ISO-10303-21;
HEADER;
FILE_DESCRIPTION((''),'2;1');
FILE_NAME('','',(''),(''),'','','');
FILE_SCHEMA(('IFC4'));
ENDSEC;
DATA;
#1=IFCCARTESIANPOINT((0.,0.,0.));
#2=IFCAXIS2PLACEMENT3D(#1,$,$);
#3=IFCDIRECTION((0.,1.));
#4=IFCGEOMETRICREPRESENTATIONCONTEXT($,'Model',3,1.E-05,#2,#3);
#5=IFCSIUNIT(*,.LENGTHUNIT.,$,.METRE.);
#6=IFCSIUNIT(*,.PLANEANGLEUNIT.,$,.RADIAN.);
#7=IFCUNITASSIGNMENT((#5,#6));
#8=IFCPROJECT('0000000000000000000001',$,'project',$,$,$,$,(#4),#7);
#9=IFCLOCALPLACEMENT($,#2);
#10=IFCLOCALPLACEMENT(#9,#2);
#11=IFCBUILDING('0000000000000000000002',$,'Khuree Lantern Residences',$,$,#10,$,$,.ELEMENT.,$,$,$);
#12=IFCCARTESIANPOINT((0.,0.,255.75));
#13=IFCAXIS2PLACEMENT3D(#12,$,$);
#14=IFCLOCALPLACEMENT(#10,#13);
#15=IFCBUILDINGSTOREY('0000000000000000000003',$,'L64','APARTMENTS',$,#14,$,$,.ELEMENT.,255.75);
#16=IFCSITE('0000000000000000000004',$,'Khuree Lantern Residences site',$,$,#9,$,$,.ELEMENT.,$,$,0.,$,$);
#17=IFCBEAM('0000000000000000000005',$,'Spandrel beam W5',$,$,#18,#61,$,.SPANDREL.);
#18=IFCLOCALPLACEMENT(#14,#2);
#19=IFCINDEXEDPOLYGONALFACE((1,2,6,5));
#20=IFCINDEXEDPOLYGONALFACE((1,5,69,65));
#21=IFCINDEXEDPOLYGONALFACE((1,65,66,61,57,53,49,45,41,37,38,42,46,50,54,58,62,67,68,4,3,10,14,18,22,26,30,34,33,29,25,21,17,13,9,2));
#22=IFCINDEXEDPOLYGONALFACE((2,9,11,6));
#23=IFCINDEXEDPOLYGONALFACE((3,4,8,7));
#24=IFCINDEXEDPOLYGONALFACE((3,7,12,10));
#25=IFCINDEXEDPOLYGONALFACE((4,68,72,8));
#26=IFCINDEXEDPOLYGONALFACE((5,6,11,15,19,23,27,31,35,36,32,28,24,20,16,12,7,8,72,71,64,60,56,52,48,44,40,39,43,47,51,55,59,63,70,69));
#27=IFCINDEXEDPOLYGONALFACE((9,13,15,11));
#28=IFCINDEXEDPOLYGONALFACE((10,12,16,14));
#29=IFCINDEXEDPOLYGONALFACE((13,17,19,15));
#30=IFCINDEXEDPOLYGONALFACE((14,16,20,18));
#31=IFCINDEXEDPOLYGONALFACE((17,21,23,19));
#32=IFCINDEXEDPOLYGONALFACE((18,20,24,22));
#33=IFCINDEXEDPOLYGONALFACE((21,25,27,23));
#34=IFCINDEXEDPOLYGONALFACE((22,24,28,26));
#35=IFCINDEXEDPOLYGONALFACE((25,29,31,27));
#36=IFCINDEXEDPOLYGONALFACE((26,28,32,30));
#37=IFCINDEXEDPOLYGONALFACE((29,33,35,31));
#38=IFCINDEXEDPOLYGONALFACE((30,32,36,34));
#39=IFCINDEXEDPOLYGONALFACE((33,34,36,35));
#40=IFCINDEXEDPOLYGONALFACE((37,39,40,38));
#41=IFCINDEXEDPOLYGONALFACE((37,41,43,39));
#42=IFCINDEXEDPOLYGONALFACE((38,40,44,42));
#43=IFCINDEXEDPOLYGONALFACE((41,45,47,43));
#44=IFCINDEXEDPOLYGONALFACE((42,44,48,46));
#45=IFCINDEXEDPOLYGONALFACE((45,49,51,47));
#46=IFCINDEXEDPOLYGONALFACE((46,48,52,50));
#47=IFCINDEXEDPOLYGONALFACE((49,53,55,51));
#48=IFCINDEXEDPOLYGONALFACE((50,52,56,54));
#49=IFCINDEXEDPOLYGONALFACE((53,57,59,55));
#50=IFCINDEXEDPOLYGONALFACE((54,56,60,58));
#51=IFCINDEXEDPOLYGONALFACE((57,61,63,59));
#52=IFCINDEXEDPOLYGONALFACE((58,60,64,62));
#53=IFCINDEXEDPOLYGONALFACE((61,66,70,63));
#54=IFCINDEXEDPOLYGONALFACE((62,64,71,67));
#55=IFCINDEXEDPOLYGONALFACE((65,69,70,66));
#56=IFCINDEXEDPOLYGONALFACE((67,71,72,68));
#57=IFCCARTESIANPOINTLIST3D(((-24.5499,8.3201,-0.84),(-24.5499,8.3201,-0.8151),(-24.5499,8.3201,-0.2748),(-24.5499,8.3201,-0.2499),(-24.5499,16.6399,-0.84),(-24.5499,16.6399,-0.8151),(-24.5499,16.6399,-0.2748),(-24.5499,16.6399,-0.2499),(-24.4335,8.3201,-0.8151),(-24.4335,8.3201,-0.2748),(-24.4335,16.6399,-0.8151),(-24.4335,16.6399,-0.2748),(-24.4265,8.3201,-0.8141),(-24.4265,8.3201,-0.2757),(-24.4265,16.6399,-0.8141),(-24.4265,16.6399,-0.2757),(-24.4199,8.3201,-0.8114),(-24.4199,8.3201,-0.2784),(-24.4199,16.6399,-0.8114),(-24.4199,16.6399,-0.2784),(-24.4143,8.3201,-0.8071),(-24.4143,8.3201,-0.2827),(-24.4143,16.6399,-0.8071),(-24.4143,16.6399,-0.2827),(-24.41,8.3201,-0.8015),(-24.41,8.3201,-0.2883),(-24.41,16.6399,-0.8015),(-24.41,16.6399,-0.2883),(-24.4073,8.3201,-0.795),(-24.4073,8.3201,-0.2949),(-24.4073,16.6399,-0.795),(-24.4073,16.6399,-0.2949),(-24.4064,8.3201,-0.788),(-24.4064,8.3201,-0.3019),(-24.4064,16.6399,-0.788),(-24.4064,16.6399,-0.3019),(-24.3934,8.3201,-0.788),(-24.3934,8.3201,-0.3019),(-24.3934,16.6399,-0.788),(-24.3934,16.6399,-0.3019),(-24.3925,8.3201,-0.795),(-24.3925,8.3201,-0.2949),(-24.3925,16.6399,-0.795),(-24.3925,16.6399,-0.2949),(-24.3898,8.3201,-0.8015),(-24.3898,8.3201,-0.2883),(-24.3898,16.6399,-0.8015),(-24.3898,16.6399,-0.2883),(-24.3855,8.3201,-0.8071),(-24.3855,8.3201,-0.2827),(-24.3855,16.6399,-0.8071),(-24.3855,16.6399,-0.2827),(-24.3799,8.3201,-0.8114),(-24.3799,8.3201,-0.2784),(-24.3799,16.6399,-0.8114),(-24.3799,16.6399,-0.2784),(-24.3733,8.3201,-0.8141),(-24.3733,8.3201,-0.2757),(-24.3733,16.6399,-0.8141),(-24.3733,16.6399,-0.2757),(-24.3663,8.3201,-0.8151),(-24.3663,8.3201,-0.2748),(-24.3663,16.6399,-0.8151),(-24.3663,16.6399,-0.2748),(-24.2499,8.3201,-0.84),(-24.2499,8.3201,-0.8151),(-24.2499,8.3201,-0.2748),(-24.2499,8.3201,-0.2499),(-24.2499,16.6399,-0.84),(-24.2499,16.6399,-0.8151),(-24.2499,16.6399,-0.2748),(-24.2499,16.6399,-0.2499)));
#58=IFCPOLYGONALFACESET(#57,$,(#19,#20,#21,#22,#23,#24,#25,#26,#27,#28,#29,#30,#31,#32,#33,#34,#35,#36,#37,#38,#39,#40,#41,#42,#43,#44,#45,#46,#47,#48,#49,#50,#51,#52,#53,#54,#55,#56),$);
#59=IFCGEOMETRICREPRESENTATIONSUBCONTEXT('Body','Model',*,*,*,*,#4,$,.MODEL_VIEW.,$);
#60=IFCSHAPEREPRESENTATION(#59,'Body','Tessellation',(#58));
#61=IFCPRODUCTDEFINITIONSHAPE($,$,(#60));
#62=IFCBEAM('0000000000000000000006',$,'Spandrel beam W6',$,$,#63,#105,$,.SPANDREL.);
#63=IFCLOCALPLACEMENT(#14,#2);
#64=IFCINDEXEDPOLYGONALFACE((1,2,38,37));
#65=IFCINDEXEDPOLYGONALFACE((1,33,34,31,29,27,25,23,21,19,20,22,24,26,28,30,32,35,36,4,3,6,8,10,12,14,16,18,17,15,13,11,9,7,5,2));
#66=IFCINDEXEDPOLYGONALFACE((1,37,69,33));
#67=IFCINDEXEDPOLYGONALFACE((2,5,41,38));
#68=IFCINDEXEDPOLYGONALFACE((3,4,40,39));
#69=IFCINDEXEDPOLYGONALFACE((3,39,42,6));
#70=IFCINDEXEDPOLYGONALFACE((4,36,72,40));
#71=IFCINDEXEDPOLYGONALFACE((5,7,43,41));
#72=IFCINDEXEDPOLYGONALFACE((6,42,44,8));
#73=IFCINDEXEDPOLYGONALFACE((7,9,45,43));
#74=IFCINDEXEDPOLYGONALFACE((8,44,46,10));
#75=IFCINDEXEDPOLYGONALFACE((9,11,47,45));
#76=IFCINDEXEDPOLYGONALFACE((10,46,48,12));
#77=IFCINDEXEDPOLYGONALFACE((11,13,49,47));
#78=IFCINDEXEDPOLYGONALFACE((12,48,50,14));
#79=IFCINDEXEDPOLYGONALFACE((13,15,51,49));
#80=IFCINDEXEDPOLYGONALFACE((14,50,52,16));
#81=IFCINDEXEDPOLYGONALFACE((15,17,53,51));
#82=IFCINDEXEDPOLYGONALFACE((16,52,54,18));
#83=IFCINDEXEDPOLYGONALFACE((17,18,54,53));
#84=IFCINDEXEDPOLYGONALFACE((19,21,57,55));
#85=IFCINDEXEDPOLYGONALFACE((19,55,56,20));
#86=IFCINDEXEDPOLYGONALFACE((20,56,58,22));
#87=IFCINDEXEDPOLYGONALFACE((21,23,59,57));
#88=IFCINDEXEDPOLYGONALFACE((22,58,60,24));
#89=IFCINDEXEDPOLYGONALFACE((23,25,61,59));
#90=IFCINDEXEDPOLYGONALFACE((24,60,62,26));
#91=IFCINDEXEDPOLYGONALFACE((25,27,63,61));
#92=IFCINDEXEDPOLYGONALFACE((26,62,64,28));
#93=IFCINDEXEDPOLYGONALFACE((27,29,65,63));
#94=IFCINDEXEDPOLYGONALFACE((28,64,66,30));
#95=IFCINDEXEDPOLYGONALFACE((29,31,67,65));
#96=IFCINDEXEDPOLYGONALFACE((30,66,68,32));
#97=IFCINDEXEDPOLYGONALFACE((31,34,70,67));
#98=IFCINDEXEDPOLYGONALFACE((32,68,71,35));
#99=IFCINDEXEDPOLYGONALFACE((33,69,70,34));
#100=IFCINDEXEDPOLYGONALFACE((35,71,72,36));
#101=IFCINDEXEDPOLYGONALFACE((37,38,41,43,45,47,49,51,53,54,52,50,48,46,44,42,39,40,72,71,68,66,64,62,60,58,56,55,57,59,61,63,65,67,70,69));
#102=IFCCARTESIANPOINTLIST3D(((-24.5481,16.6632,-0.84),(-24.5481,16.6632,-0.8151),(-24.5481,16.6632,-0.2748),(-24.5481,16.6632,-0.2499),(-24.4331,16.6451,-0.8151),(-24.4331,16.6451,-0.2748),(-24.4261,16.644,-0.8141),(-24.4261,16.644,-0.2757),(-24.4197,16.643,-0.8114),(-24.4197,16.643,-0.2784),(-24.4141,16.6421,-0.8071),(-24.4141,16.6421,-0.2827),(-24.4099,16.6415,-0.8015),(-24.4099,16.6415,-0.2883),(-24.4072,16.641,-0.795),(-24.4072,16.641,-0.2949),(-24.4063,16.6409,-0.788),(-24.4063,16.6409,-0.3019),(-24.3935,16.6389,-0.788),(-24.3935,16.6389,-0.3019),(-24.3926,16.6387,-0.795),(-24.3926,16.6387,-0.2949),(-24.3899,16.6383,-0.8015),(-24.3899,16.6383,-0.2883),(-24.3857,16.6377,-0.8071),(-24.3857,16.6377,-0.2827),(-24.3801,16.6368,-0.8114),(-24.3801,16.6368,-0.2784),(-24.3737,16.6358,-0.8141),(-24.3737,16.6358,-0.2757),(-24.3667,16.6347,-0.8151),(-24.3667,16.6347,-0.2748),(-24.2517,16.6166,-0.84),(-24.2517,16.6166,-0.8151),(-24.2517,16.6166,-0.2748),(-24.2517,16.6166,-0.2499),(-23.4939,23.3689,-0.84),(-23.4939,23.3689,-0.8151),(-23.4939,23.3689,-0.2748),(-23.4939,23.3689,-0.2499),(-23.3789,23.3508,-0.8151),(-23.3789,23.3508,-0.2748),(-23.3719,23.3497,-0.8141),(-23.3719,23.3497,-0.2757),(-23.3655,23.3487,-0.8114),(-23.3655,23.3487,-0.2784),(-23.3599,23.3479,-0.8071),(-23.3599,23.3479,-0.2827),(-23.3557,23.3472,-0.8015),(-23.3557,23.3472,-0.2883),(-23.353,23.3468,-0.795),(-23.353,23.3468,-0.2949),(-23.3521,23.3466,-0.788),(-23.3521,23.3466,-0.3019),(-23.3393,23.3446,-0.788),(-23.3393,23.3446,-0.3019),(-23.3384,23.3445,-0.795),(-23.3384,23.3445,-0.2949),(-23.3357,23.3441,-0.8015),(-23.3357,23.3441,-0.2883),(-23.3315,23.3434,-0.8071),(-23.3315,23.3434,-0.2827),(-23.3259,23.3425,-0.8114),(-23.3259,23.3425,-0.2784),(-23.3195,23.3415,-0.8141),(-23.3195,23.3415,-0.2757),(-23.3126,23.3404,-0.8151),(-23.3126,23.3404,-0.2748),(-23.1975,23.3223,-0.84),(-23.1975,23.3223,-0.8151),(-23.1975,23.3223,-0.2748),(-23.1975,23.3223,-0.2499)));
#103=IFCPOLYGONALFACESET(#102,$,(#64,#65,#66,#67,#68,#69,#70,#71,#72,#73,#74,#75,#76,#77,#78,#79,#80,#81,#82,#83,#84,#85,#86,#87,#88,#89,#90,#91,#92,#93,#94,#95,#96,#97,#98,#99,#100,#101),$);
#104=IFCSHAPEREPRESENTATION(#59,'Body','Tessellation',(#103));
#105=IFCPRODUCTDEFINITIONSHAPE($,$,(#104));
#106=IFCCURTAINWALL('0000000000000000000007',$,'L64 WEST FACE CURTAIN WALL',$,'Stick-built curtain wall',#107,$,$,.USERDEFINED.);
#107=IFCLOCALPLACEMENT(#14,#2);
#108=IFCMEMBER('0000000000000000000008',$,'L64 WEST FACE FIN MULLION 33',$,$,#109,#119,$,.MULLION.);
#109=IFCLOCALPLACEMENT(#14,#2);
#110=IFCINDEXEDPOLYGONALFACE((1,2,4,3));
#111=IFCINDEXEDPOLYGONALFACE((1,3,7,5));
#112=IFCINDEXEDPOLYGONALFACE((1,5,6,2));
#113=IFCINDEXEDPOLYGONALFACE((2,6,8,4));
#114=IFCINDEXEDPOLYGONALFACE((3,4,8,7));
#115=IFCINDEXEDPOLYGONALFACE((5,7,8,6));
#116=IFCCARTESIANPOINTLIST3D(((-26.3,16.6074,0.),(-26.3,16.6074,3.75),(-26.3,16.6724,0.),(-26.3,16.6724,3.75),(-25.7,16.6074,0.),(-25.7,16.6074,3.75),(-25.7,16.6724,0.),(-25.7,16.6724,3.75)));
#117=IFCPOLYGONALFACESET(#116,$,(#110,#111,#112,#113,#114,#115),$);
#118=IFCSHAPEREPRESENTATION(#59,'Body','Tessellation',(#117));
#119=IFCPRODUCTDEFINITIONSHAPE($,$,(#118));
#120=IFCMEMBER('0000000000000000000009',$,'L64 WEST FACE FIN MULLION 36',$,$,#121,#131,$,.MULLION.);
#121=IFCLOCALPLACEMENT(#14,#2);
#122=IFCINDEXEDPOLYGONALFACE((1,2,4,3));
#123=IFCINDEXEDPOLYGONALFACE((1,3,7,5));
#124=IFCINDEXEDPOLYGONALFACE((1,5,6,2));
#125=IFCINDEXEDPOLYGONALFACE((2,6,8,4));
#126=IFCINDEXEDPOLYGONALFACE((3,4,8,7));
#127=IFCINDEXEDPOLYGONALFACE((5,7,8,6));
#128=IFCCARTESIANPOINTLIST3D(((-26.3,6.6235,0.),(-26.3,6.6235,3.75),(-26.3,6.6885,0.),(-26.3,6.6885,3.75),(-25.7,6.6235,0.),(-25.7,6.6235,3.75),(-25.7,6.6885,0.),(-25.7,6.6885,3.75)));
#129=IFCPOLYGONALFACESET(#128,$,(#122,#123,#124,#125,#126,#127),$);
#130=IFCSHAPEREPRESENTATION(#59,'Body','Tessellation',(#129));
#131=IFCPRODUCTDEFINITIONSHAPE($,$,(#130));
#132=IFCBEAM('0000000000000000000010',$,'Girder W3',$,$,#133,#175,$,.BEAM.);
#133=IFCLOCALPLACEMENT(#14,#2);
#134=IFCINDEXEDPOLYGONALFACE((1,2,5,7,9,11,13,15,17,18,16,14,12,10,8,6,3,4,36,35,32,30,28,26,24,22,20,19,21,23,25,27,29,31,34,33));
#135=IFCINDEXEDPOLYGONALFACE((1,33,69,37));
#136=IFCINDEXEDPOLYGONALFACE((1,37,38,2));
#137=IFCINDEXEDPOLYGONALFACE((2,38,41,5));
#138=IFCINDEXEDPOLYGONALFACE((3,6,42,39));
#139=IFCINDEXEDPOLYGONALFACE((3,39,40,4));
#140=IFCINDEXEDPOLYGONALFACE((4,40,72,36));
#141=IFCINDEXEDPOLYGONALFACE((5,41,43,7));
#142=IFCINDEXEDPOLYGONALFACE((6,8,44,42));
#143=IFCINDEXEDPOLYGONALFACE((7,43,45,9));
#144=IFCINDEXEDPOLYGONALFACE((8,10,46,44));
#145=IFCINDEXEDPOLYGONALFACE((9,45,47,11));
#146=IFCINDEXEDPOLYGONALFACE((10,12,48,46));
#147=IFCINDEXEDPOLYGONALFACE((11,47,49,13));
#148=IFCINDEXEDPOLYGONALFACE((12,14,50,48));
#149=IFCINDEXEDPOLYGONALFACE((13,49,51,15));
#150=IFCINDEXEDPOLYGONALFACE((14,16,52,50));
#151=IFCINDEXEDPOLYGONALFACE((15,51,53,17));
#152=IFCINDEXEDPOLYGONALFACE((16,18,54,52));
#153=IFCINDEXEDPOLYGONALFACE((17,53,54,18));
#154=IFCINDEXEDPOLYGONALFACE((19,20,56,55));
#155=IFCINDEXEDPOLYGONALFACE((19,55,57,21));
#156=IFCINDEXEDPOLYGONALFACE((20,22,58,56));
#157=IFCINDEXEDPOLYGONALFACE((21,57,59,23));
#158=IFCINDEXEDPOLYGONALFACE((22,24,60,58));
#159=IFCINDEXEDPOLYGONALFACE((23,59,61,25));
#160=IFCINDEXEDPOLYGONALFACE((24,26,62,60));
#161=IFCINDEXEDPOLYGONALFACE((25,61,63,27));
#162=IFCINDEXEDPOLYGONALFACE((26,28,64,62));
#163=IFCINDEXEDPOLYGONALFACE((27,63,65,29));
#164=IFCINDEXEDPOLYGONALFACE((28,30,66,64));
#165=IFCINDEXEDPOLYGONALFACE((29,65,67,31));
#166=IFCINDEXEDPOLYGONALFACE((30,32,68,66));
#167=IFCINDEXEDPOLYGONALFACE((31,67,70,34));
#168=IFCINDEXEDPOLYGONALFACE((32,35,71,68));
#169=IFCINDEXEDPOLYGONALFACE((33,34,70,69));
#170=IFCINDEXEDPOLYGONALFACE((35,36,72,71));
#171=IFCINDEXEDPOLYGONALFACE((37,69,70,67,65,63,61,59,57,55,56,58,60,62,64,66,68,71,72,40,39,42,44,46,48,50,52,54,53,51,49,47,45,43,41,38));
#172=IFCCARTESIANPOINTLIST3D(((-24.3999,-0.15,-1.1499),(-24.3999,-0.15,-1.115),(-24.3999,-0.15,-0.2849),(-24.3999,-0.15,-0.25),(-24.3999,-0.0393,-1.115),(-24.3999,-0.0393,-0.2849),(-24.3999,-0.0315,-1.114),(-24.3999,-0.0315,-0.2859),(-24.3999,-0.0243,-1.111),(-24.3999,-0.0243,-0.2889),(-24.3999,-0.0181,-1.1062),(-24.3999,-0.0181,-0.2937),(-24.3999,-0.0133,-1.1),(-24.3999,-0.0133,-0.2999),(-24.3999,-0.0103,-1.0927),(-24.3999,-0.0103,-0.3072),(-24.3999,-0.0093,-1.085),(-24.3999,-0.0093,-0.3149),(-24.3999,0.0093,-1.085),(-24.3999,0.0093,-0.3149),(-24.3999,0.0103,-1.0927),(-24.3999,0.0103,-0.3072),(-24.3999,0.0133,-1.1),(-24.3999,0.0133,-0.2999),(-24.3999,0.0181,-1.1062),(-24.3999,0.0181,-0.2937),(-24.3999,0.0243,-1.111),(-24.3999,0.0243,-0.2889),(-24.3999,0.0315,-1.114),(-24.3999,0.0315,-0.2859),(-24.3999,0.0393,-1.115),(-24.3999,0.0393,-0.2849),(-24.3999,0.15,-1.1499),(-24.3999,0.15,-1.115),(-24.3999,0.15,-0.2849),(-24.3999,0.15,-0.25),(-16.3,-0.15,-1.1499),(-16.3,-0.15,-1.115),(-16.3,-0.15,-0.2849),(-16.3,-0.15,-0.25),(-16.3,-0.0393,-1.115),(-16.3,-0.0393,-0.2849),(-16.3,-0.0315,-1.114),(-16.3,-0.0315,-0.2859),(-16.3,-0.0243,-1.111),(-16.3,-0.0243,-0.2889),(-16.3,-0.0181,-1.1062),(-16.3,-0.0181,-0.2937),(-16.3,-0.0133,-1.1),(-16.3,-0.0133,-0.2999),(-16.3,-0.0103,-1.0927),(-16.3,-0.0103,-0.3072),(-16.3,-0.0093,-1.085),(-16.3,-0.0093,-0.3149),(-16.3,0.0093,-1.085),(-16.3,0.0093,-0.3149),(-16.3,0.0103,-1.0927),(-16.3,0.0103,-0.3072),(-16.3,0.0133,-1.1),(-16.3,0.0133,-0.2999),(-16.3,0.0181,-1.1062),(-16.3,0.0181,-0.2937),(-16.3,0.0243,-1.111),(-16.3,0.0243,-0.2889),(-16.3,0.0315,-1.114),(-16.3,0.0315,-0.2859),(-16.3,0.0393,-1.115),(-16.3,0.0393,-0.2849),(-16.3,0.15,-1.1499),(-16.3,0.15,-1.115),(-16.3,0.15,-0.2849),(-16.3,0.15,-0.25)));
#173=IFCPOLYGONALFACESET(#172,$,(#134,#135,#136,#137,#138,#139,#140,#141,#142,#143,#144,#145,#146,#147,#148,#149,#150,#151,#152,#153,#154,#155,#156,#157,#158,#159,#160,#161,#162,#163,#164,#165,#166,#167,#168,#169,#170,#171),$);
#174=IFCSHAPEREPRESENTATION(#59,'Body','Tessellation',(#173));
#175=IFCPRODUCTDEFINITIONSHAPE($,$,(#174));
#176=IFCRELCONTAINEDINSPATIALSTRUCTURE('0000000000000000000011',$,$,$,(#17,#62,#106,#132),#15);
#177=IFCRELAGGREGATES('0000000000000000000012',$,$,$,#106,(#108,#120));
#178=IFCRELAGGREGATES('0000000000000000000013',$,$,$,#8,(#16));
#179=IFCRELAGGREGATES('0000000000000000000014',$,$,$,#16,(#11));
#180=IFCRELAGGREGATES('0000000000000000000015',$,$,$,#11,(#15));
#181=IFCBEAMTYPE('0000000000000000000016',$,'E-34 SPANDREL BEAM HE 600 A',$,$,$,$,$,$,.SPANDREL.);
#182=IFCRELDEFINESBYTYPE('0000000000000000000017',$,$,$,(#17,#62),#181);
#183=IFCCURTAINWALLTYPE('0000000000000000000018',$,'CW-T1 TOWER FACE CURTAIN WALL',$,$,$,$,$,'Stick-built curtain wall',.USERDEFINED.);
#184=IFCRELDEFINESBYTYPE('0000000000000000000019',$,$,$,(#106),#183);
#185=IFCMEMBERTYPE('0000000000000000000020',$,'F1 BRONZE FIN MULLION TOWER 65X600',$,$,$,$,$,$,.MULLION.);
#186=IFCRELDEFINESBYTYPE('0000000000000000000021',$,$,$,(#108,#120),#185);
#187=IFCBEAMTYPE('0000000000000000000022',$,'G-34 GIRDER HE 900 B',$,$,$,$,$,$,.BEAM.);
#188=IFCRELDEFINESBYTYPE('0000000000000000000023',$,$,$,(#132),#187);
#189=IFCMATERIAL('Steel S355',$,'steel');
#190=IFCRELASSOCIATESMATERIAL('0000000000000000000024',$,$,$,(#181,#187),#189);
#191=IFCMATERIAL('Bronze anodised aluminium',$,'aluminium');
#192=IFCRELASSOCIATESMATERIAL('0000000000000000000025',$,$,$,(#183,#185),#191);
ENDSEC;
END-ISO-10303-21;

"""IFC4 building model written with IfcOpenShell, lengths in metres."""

from ifc_helpers import new_model, si_unit, direction, frame, origin, origin_2d, place, context, subcontext, project, spatial, rectangle, i_section, extrude, material, material_profile, profile_set, type_object, element, aggregate, save


model = new_model("IFC4")

# Units and contexts
model_context = context("Model", 3, precision=1e-05, world=origin(), true_north=direction((0.0, 1.0)))
body_context = subcontext(model_context, "Body", "Model", "MODEL_VIEW")
ifc_project = project(units=[si_unit("LENGTHUNIT", "METRE"), si_unit("PLANEANGLEUNIT", "RADIAN")], contexts=[model_context])

# Site, building, storey
site_placement = place(None, origin())
site = spatial("IfcSite", under=ifc_project, at=site_placement, Name="Khuree Lantern Residences site", CompositionType="ELEMENT", RefElevation=0.0)
building_placement = place(site_placement, origin())
building = spatial("IfcBuilding", under=site, at=building_placement, Name="Khuree Lantern Residences", CompositionType="ELEMENT")
storey_placement = place(building_placement, frame((0.0, 0.0, 255.75)))
storey = spatial("IfcBuildingStorey", under=building, at=storey_placement, Name="L64", Description="APARTMENTS", CompositionType="ELEMENT", Elevation=255.75)

# Beams
ifc_material_1 = material(Name="Steel S355", Category="steel")
ifc_material_profile_1 = material_profile(ifc_material_1, i_section(OverallWidth=0.3, OverallDepth=0.5901, WebThickness=0.0129, FlangeThickness=0.0249, FilletRadius=0.0271, at=origin_2d()), Name="HE 600 A")
ifc_profile_set_1 = profile_set([ifc_material_profile_1], Name="Steel S355")
beam_type_1 = type_object("IfcBeamType", Name="E-34 SPANDREL BEAM HE 600 A", PredefinedType="SPANDREL", material=ifc_profile_set_1)
beam_1_placement = place(storey_placement, frame((-24.3999, 8.3201, -0.5449), z_axis=(0.0, 1.0, 0.0), x_axis=(-1.0, 0.0, 0.0)))
element("IfcBeam", 1, at=beam_1_placement, inside=storey, type_object=beam_type_1, Name="Spandrel beam W5", PredefinedType="SPANDREL", context=body_context, shape_type="SweptSolid", body=[
    extrude(i_section(OverallWidth=0.3, OverallDepth=0.5901, WebThickness=0.0129, FlangeThickness=0.0249, FilletRadius=0.0271, at=origin_2d()), origin(), (0.0, 0.0, 1.0), 8.3198),
])
beam_2_placement = place(storey_placement, frame((-24.3999, 16.6399, -0.5449), z_axis=(0.1553, 0.987867, 0.0), x_axis=(-0.987867, 0.1553, 0.0)))
element("IfcBeam", 2, at=beam_2_placement, inside=storey, type_object=beam_type_1, Name="Spandrel beam W6", PredefinedType="SPANDREL", context=body_context, shape_type="SweptSolid", body=[
    extrude(i_section(OverallWidth=0.3, OverallDepth=0.5901, WebThickness=0.0129, FlangeThickness=0.0249, FilletRadius=0.0271, at=origin_2d()), origin(), (0.0, 0.0, 1.0), 6.7881),
])

# Curtain wall, members
ifc_material_2 = material(Name="Bronze anodised aluminium", Category="aluminium")
curtain_wall_type = type_object("IfcCurtainWallType", Name="CW-T1 TOWER FACE CURTAIN WALL", ElementType="Stick-built curtain wall", PredefinedType="USERDEFINED", material=ifc_material_2)
curtain_wall_placement = place(storey_placement, origin())
curtain_wall = element("IfcCurtainWall", 3, at=curtain_wall_placement, inside=storey, type_object=curtain_wall_type, Name="L64 WEST FACE CURTAIN WALL", ObjectType="Stick-built curtain wall", PredefinedType="USERDEFINED")
ifc_material_profile_2 = material_profile(ifc_material_2, rectangle(XDim=0.0649, YDim=0.6001, at=origin_2d()), Name="F1 65X600")
ifc_profile_set_2 = profile_set([ifc_material_profile_2], Name="Bronze anodised aluminium")
member_type_1 = type_object("IfcMemberType", Name="F1 BRONZE FIN MULLION TOWER 65X600", PredefinedType="MULLION", material=ifc_profile_set_2)
member_1_placement = place(storey_placement, frame((-26.0, 16.6399, 0.0), z_axis=(0.0, 0.0, 1.0), x_axis=(0.0, -1.0, 0.0)))
member_1 = element("IfcMember", 4, at=member_1_placement, type_object=member_type_1, Name="L64 WEST FACE FIN MULLION 33", PredefinedType="MULLION", context=body_context, shape_type="SweptSolid", body=[
    extrude(rectangle(XDim=0.0649, YDim=0.6001, at=origin_2d()), origin(), (0.0, 0.0, 1.0), 3.75),
])
member_2_placement = place(storey_placement, frame((-26.0, 6.656, 0.0), z_axis=(0.0, 0.0, 1.0), x_axis=(0.0, -1.0, 0.0)))
member_2 = element("IfcMember", 5, at=member_2_placement, type_object=member_type_1, Name="L64 WEST FACE FIN MULLION 36", PredefinedType="MULLION", context=body_context, shape_type="SweptSolid", body=[
    extrude(rectangle(XDim=0.0649, YDim=0.6001, at=origin_2d()), origin(), (0.0, 0.0, 1.0), 3.75),
])

# Beam
ifc_material_profile_3 = material_profile(ifc_material_1, i_section(OverallWidth=0.3, OverallDepth=0.8999, WebThickness=0.0186, FlangeThickness=0.0349, FilletRadius=0.03, at=origin_2d()), Name="HE 900 B")
ifc_profile_set_3 = profile_set([ifc_material_profile_3], Name="Steel S355")
beam_type_2 = type_object("IfcBeamType", Name="G-34 GIRDER HE 900 B", PredefinedType="BEAM", material=ifc_profile_set_3)
for number, where, z_axis, x_axis, name in (
    (6, (-24.3999, 0.0, -0.7), (1.0, 0.0, 0.0), (0.0, 1.0, 0.0), "Girder W3"),
):
    element("IfcBeam", number, at=place(storey_placement, frame(where, z_axis=z_axis, x_axis=x_axis)), inside=storey, type_object=beam_type_2, Name=name, PredefinedType="BEAM", context=body_context, shape_type="SweptSolid", body=[
        extrude(i_section(OverallWidth=0.3, OverallDepth=0.8999, WebThickness=0.0186, FlangeThickness=0.0349, FilletRadius=0.03, at=origin_2d()), origin(), (0.0, 0.0, 1.0), 8.0999),
    ])

aggregate(curtain_wall, [member_1, member_2])

save(model, "model.ifc")
